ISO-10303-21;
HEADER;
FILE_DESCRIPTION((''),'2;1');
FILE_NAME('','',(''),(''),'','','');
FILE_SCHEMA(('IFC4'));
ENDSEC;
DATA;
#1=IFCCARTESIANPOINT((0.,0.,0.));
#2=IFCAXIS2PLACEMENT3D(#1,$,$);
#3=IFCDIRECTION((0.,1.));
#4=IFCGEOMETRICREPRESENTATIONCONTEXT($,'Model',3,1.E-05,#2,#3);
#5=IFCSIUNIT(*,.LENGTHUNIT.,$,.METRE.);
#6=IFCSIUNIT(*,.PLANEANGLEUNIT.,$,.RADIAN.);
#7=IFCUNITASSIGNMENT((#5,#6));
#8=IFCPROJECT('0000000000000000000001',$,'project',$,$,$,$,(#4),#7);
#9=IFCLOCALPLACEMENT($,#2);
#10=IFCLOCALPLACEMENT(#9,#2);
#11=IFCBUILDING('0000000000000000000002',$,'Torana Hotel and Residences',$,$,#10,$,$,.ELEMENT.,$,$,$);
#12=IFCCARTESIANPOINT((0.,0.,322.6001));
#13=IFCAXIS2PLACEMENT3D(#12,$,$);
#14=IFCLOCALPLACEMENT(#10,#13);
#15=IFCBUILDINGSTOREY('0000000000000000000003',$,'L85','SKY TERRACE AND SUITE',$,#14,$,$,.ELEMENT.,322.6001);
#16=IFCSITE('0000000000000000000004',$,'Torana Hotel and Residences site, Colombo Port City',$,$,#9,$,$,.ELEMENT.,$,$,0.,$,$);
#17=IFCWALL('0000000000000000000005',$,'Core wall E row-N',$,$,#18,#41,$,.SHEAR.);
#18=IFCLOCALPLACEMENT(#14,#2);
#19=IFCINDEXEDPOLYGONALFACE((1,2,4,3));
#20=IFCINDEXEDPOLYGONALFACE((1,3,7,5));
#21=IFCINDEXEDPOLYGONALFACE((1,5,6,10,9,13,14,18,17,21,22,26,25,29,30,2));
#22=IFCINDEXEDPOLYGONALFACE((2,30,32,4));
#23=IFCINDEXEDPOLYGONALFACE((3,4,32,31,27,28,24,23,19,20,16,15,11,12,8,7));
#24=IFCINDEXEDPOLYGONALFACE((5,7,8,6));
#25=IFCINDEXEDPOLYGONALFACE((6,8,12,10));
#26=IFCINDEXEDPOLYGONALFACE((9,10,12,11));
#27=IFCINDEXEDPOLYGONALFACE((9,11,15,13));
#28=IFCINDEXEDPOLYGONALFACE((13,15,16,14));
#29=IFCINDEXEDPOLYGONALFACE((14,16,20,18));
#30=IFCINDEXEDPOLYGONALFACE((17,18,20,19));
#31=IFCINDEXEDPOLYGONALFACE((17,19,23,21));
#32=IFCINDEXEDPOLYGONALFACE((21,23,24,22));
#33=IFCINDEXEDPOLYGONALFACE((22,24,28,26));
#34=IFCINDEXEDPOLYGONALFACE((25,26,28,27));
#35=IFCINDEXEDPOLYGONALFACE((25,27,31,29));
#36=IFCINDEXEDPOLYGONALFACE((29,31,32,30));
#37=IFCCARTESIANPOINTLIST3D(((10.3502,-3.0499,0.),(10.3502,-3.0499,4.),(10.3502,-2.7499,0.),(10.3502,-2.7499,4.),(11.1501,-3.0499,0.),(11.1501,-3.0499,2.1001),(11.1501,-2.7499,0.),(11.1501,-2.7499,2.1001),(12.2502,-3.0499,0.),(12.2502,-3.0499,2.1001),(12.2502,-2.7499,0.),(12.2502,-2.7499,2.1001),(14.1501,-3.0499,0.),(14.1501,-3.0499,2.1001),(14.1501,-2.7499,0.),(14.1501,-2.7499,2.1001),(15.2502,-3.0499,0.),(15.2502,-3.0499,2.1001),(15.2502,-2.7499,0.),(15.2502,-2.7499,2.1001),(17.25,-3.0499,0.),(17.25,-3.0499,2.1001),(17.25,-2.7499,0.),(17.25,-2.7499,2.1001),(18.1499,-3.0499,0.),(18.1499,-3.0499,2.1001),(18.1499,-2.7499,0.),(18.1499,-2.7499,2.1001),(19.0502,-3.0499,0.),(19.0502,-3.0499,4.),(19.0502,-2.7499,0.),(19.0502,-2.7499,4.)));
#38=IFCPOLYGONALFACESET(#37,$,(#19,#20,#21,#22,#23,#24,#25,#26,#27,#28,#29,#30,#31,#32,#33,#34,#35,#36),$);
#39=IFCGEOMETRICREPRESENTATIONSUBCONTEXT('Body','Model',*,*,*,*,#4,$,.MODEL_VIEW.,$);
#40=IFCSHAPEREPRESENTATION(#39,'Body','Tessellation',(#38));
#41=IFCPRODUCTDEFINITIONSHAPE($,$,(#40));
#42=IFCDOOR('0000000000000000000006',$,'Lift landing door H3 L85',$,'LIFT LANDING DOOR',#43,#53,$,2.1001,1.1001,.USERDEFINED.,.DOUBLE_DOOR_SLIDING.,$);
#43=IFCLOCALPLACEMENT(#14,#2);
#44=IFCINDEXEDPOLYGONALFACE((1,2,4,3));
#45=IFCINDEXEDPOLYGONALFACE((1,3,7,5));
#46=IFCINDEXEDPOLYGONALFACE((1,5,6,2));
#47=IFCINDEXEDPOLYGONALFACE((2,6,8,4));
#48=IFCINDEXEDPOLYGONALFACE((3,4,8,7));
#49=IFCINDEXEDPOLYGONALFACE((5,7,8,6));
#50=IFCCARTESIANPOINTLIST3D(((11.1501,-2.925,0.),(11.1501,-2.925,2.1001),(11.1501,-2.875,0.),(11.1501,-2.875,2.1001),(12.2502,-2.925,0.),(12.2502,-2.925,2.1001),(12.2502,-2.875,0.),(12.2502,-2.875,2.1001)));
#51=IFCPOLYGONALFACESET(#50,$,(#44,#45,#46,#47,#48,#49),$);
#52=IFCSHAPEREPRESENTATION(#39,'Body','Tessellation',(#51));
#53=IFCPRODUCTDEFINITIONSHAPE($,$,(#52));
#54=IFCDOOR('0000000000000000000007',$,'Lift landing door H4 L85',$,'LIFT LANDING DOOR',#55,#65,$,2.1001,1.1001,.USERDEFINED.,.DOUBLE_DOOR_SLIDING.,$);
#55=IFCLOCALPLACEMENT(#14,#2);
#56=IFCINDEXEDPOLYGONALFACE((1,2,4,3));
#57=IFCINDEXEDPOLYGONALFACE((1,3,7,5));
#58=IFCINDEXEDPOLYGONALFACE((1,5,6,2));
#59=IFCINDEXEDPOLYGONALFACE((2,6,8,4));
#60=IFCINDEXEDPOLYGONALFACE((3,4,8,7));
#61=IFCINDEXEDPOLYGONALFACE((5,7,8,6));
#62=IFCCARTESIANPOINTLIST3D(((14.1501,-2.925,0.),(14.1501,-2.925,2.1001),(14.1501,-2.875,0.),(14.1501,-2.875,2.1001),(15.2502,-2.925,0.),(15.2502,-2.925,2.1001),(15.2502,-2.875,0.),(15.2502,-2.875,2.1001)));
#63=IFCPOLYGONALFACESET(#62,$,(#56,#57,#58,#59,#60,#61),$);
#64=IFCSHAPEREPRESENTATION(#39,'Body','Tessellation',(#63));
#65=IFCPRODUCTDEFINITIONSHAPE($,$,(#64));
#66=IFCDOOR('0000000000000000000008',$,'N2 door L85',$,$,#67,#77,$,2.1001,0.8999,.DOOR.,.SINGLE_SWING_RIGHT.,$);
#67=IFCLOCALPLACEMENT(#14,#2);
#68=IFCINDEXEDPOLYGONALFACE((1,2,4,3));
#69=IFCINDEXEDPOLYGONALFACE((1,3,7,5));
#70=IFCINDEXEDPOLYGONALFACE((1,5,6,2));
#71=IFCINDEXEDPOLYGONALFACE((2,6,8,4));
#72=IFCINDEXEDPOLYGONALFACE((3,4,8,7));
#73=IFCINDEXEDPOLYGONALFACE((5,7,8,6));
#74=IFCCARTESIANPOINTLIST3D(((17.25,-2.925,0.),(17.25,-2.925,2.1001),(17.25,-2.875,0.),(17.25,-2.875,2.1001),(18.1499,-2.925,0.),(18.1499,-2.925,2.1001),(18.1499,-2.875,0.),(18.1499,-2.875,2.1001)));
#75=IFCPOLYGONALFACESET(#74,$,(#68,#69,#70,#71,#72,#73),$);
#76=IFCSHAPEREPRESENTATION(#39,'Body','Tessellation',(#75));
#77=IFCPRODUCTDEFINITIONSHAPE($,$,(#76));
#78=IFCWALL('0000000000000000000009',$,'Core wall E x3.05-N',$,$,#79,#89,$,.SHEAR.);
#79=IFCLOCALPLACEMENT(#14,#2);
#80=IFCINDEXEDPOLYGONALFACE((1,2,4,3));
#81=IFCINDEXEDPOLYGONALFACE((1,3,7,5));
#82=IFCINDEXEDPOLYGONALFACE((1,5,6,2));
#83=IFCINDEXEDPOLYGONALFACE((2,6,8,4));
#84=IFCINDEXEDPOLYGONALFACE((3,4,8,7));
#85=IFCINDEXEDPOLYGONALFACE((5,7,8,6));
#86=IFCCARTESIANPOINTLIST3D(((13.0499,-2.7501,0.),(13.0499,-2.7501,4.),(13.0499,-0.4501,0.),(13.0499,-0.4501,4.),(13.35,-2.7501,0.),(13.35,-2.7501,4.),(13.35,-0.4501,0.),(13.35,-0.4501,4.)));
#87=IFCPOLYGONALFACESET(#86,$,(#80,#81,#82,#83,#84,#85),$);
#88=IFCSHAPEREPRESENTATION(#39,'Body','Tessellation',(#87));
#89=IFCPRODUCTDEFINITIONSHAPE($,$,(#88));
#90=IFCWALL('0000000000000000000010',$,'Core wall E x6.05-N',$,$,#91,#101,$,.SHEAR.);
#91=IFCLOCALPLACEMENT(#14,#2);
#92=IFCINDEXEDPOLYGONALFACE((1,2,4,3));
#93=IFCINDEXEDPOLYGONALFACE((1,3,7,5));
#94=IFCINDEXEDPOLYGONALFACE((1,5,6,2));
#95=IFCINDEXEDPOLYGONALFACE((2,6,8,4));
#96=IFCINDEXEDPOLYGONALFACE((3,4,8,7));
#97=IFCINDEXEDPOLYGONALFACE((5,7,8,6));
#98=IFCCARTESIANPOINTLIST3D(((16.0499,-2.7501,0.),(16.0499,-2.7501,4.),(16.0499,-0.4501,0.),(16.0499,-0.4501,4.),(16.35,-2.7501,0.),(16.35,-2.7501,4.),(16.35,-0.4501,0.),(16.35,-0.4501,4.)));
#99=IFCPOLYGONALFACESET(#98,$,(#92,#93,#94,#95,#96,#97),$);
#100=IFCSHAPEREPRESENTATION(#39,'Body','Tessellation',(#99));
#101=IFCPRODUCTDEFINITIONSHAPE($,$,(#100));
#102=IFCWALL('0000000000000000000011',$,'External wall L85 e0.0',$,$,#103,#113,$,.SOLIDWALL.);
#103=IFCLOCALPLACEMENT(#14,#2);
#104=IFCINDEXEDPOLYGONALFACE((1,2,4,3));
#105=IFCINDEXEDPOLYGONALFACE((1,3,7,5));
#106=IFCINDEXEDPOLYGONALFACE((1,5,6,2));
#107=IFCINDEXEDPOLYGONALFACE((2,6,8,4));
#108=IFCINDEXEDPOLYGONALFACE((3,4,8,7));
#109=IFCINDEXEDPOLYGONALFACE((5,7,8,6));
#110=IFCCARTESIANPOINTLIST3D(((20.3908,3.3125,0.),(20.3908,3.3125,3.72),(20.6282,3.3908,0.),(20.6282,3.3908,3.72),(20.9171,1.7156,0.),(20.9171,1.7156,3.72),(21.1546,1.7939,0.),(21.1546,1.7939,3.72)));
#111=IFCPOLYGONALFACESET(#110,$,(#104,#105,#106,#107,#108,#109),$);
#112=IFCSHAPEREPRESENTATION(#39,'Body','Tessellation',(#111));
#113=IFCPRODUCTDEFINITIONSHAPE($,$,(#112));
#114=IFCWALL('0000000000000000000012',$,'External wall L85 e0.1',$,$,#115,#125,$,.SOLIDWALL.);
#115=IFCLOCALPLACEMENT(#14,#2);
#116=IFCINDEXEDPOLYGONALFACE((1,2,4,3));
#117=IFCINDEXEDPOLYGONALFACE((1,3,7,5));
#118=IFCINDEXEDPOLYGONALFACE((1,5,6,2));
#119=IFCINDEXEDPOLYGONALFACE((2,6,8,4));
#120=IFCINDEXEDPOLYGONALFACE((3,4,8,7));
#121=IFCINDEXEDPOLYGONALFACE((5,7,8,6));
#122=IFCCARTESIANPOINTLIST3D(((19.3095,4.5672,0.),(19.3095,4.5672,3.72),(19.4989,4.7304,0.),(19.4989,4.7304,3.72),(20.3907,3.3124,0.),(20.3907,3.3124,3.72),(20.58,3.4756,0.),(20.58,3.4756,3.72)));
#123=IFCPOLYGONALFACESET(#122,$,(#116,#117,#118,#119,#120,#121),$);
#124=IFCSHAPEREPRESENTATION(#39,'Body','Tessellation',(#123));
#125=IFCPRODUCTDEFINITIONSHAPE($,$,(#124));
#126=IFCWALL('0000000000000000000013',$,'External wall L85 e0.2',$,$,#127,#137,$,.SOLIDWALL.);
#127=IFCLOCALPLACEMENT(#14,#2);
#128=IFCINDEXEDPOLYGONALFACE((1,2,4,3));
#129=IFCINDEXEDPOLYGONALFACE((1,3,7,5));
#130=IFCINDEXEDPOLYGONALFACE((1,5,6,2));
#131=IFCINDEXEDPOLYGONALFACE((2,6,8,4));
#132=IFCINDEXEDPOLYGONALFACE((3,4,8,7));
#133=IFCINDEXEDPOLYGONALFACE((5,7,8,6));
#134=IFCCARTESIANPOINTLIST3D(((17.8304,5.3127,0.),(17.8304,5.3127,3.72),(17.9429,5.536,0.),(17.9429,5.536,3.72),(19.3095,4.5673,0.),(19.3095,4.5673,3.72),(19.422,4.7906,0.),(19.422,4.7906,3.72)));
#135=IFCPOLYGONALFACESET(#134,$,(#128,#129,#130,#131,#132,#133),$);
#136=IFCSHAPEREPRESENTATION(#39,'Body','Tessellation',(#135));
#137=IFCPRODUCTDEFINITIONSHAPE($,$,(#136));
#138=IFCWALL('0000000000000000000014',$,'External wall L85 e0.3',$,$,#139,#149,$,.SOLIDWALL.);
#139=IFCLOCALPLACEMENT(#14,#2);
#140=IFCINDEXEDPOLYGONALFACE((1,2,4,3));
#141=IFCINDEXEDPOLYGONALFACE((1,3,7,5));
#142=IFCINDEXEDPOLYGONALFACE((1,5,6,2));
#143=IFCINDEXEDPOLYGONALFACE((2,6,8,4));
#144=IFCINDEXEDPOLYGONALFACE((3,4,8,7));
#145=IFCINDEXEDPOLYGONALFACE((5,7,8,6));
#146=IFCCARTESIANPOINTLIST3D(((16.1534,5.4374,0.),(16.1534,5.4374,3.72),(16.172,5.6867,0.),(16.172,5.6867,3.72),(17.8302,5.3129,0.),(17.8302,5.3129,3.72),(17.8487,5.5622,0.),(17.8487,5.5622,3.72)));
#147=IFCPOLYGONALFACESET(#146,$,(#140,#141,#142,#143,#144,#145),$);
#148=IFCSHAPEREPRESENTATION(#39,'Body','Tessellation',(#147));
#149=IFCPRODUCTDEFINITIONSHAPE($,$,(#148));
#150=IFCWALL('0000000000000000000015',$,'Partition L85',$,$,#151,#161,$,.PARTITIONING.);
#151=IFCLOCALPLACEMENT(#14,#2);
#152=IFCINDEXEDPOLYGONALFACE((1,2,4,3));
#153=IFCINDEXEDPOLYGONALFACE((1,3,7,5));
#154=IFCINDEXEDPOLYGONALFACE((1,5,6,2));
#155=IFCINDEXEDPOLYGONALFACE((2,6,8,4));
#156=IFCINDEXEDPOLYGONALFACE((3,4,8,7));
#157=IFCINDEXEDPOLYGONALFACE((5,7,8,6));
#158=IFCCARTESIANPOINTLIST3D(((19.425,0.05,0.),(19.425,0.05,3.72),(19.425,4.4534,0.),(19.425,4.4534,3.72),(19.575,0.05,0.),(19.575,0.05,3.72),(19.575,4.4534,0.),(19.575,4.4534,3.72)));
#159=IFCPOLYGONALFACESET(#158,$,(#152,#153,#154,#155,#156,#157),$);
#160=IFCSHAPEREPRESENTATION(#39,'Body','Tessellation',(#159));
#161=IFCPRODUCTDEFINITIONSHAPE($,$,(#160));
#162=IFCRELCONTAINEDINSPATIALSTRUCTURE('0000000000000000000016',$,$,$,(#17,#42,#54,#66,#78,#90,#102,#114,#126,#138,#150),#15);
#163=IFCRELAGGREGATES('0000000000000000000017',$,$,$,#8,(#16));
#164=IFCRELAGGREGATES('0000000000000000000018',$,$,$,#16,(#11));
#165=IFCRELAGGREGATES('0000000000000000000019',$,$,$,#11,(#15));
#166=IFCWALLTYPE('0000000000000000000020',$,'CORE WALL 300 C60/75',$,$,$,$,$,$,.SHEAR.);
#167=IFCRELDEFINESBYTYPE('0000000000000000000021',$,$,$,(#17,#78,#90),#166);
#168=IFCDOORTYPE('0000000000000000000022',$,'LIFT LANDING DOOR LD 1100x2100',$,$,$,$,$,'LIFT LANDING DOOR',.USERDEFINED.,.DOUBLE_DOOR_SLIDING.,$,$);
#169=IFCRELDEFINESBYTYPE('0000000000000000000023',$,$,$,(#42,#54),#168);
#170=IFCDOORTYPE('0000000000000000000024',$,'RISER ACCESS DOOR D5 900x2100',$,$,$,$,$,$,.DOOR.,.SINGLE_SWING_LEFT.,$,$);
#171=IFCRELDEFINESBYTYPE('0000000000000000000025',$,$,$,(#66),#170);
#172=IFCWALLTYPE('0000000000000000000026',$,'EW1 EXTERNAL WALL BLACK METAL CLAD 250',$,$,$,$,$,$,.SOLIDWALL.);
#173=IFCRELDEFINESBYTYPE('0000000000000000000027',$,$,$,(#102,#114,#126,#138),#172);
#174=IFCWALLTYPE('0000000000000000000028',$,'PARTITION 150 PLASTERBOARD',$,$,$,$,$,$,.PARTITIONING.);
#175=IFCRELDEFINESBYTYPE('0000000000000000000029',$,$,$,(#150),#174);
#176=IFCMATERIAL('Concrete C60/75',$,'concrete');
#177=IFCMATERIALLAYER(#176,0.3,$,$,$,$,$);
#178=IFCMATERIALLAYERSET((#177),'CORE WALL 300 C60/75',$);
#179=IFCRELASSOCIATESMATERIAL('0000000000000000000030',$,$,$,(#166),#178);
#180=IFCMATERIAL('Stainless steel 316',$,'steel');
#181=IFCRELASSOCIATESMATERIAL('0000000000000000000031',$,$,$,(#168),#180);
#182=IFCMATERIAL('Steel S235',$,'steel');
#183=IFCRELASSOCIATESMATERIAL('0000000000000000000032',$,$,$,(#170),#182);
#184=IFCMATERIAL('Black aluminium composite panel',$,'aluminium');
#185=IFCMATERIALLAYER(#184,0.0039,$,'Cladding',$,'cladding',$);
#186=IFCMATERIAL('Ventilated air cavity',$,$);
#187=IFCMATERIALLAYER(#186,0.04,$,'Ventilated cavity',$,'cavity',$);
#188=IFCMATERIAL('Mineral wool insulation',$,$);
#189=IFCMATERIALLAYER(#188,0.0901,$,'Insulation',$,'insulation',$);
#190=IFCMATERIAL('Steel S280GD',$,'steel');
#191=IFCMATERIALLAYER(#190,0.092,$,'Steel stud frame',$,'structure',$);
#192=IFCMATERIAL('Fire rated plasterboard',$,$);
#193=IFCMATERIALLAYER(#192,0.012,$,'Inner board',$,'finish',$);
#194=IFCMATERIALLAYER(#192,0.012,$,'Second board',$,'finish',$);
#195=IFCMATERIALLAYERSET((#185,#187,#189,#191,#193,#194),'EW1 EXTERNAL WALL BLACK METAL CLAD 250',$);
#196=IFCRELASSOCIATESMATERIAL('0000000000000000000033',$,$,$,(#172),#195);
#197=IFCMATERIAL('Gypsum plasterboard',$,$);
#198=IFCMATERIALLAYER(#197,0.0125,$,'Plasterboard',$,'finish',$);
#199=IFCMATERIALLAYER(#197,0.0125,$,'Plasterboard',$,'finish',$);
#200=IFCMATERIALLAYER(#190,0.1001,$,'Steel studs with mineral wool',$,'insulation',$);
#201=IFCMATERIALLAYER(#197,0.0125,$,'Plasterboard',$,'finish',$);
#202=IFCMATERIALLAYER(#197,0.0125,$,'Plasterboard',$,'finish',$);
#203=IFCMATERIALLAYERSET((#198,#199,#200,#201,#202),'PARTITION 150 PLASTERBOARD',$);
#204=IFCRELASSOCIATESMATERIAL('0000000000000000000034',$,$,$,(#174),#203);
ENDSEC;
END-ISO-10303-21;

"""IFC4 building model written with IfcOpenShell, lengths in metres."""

from ifc_helpers import new_model, si_unit, direction, frame, frame_2d, origin, place, context, subcontext, project, spatial, rectangle, extrude, material, layer, layer_set, type_object, element, fill, save


model = new_model("IFC4")

# Units and contexts
model_context = context("Model", 3, precision=1e-05, world=origin(), true_north=direction((0.0, 1.0)))
body_context = subcontext(model_context, "Body", "Model", "MODEL_VIEW")
ifc_project = project(units=[si_unit("LENGTHUNIT", "METRE"), si_unit("PLANEANGLEUNIT", "RADIAN")], contexts=[model_context])

# Site, building, storey
site_placement = place(None, origin())
site = spatial("IfcSite", under=ifc_project, at=site_placement, Name="Torana Hotel and Residences site, Colombo Port City", CompositionType="ELEMENT", RefElevation=0.0)
building_placement = place(site_placement, origin())
building = spatial("IfcBuilding", under=site, at=building_placement, Name="Torana Hotel and Residences", CompositionType="ELEMENT")
storey_placement = place(building_placement, frame((0.0, 0.0, 322.6001)))
storey = spatial("IfcBuildingStorey", under=building, at=storey_placement, Name="L85", Description="SKY TERRACE AND SUITE", CompositionType="ELEMENT", Elevation=322.6001)

# Wall, openings, doors
ifc_material_1 = material(Name="Concrete C60/75", Category="concrete")
ifc_layer_1 = layer(ifc_material_1, 0.3)
ifc_layer_set_1 = layer_set([ifc_layer_1], Name="CORE WALL 300 C60/75")
wall_type_1 = type_object("IfcWallType", Name="CORE WALL 300 C60/75", PredefinedType="SHEAR", material=ifc_layer_set_1)
wall_1_placement = place(storey_placement, frame((10.3501, -2.8999, 0.0), z_axis=(0.0, 0.0, 1.0), x_axis=(1.0, 0.0, 0.0)))
wall_1 = element("IfcWall", 1, at=wall_1_placement, inside=storey, type_object=wall_type_1, Name="Core wall E row-N", PredefinedType="SHEAR", context=body_context, shape_type="SweptSolid", body=[
    extrude(rectangle(XDim=8.7, YDim=0.3, at=frame_2d((4.3501, 0.0))), origin(), (0.0, 0.0, 1.0), 4.0),
])
opening_1_placement = place(wall_1_placement, frame((0.8, 0.0, 0.0)))
opening_1 = element("IfcOpeningElement", 2, at=opening_1_placement, cuts=wall_1, PredefinedType="OPENING", context=body_context, shape_type="SweptSolid", body=[
    extrude(rectangle(XDim=1.1001, YDim=2.1001, at=frame_2d((0.55, 1.05))), frame((0.0, 0.1599, 0.0), z_axis=(0.0, -1.0, 0.0), x_axis=(1.0, 0.0, 0.0)), (0.0, 0.0, 1.0), 0.3201),
])
opening_2_placement = place(wall_1_placement, frame((3.8, 0.0, 0.0)))
opening_2 = element("IfcOpeningElement", 3, at=opening_2_placement, cuts=wall_1, PredefinedType="OPENING", context=body_context, shape_type="SweptSolid", body=[
    extrude(rectangle(XDim=1.1001, YDim=2.1001, at=frame_2d((0.55, 1.05))), frame((0.0, 0.1599, 0.0), z_axis=(0.0, -1.0, 0.0), x_axis=(1.0, 0.0, 0.0)), (0.0, 0.0, 1.0), 0.3201),
])
opening_3_placement = place(wall_1_placement, frame((6.8999, 0.0, 0.0)))
opening_3 = element("IfcOpeningElement", 4, at=opening_3_placement, cuts=wall_1, PredefinedType="OPENING", context=body_context, shape_type="SweptSolid", body=[
    extrude(rectangle(XDim=0.8999, YDim=2.1001, at=frame_2d((0.45, 1.05))), frame((0.0, 0.1599, 0.0), z_axis=(0.0, -1.0, 0.0), x_axis=(1.0, 0.0, 0.0)), (0.0, 0.0, 1.0), 0.3201),
])
ifc_material_2 = material(Name="Stainless steel 316", Category="steel")
door_type_1 = type_object("IfcDoorType", Name="LIFT LANDING DOOR LD 1100x2100", ElementType="LIFT LANDING DOOR", OperationType="DOUBLE_DOOR_SLIDING", PredefinedType="USERDEFINED", material=ifc_material_2)
door_1_placement = place(opening_1_placement, origin())
door_1 = element("IfcDoor", 5, at=door_1_placement, inside=storey, type_object=door_type_1, Name="Lift landing door H3 L85", ObjectType="LIFT LANDING DOOR", OperationType="DOUBLE_DOOR_SLIDING", OverallHeight=2.1001, OverallWidth=1.1001, PredefinedType="USERDEFINED", context=body_context, shape_type="SweptSolid", body=[
    extrude(rectangle(XDim=1.1001, YDim=2.1001, at=frame_2d((0.55, 1.05))), frame((0.0, 0.0249, 0.0), z_axis=(0.0, -1.0, 0.0), x_axis=(1.0, 0.0, 0.0)), (0.0, 0.0, 1.0), 0.05),
])
fill(opening_1, door_1)
door_2_placement = place(opening_2_placement, origin())
door_2 = element("IfcDoor", 6, at=door_2_placement, inside=storey, type_object=door_type_1, Name="Lift landing door H4 L85", ObjectType="LIFT LANDING DOOR", OperationType="DOUBLE_DOOR_SLIDING", OverallHeight=2.1001, OverallWidth=1.1001, PredefinedType="USERDEFINED", context=body_context, shape_type="SweptSolid", body=[
    extrude(rectangle(XDim=1.1001, YDim=2.1001, at=frame_2d((0.55, 1.05))), frame((0.0, 0.0249, 0.0), z_axis=(0.0, -1.0, 0.0), x_axis=(1.0, 0.0, 0.0)), (0.0, 0.0, 1.0), 0.05),
])
fill(opening_2, door_2)
ifc_material_3 = material(Name="Steel S235", Category="steel")
door_type_2 = type_object("IfcDoorType", Name="RISER ACCESS DOOR D5 900x2100", OperationType="SINGLE_SWING_LEFT", PredefinedType="DOOR", material=ifc_material_3)
door_3_placement = place(opening_3_placement, origin())
door_3 = element("IfcDoor", 7, at=door_3_placement, inside=storey, type_object=door_type_2, Name="N2 door L85", OperationType="SINGLE_SWING_RIGHT", OverallHeight=2.1001, OverallWidth=0.8999, PredefinedType="DOOR", context=body_context, shape_type="SweptSolid", body=[
    extrude(rectangle(XDim=0.8999, YDim=2.1001, at=frame_2d((0.45, 1.05))), frame((0.0, 0.0249, 0.0), z_axis=(0.0, -1.0, 0.0), x_axis=(1.0, 0.0, 0.0)), (0.0, 0.0, 1.0), 0.05),
])
fill(opening_3, door_3)

# Walls
for number, where, z_axis, x_axis, name in (
    (8, (13.2, -2.75, 0.0), (0.0, 0.0, 1.0), (0.0, 1.0, 0.0), "Core wall E x3.05-N"),
    (9, (16.2, -2.75, 0.0), (0.0, 0.0, 1.0), (0.0, 1.0, 0.0), "Core wall E x6.05-N"),
):
    element("IfcWall", number, at=place(storey_placement, frame(where, z_axis=z_axis, x_axis=x_axis)), inside=storey, type_object=wall_type_1, Name=name, PredefinedType="SHEAR", context=body_context, shape_type="SweptSolid", body=[
        extrude(rectangle(XDim=2.3, YDim=0.3, at=frame_2d((1.1499, 0.0))), origin(), (0.0, 0.0, 1.0), 4.0),
    ])
ifc_material_4 = material(Name="Black aluminium composite panel", Category="aluminium")
ifc_layer_2 = layer(ifc_material_4, 0.0039, Name="Cladding", Category="cladding")
ifc_material_5 = material(Name="Ventilated air cavity")
ifc_layer_3 = layer(ifc_material_5, 0.04, Name="Ventilated cavity", Category="cavity")
ifc_material_6 = material(Name="Mineral wool insulation")
ifc_layer_4 = layer(ifc_material_6, 0.0901, Name="Insulation", Category="insulation")
ifc_material_7 = material(Name="Steel S280GD", Category="steel")
ifc_layer_5 = layer(ifc_material_7, 0.092, Name="Steel stud frame", Category="structure")
ifc_material_8 = material(Name="Fire rated plasterboard")
ifc_layer_6 = layer(ifc_material_8, 0.012, Name="Inner board", Category="finish")
ifc_layer_7 = layer(ifc_material_8, 0.012, Name="Second board", Category="finish")
ifc_layer_set_2 = layer_set([ifc_layer_2, ifc_layer_3, ifc_layer_4, ifc_layer_5, ifc_layer_6, ifc_layer_7], Name="EW1 EXTERNAL WALL BLACK METAL CLAD 250")
wall_type_2 = type_object("IfcWallType", Name="EW1 EXTERNAL WALL BLACK METAL CLAD 250", PredefinedType="SOLIDWALL", material=ifc_layer_set_2)
wall_2_placement = place(storey_placement, frame((21.0359, 1.7546, 0.0), z_axis=(0.0, 0.0, 1.0), x_axis=(-0.313046, 0.949738, 0.0)))
element("IfcWall", 10, at=wall_2_placement, inside=storey, type_object=wall_type_2, Name="External wall L85 e0.0", PredefinedType="SOLIDWALL", context=body_context, shape_type="SweptSolid", body=[
    extrude(rectangle(XDim=1.6814, YDim=0.25, at=frame_2d((0.8408, 0.0))), origin(), (0.0, 0.0, 1.0), 3.72),
])
for number, where, z_axis, x_axis, name in (
    (11, (20.4854, 3.394, 0.0), (0.0, 0.0, 1.0), (-0.652756, 0.757568, 0.0), "External wall L85 e0.1"),
    (12, (19.3657, 4.679, 0.0), (0.0, 0.0, 1.0), (-0.893008, 0.450042, 0.0), "External wall L85 e0.2"),
):
    element("IfcWall", number, at=place(storey_placement, frame(where, z_axis=z_axis, x_axis=x_axis)), inside=storey, type_object=wall_type_2, Name=name, PredefinedType="SOLIDWALL", context=body_context, shape_type="SweptSolid", body=[
        extrude(rectangle(XDim=1.6562, YDim=0.25, at=frame_2d((0.8281, 0.0))), origin(), (0.0, 0.0, 1.0), 3.72),
    ])
wall_3_placement = place(storey_placement, frame((17.8396, 5.4375, 0.0), z_axis=(0.0, 0.0, 1.0), x_axis=(-0.997254, 0.074054, 0.0)))
element("IfcWall", 13, at=wall_3_placement, inside=storey, type_object=wall_type_2, Name="External wall L85 e0.3", PredefinedType="SOLIDWALL", context=body_context, shape_type="SweptSolid", body=[
    extrude(rectangle(XDim=1.6814, YDim=0.25, at=frame_2d((0.8408, 0.0))), origin(), (0.0, 0.0, 1.0), 3.72),
])

# Wall
ifc_material_9 = material(Name="Gypsum plasterboard")
ifc_layer_8 = layer(ifc_material_9, 0.0125, Name="Plasterboard", Category="finish")
ifc_layer_9 = layer(ifc_material_9, 0.0125, Name="Plasterboard", Category="finish")
ifc_layer_10 = layer(ifc_material_7, 0.1001, Name="Steel studs with mineral wool", Category="insulation")
ifc_layer_11 = layer(ifc_material_9, 0.0125, Name="Plasterboard", Category="finish")
ifc_layer_12 = layer(ifc_material_9, 0.0125, Name="Plasterboard", Category="finish")
ifc_layer_set_3 = layer_set([ifc_layer_8, ifc_layer_9, ifc_layer_10, ifc_layer_11, ifc_layer_12], Name="PARTITION 150 PLASTERBOARD")
wall_type_3 = type_object("IfcWallType", Name="PARTITION 150 PLASTERBOARD", PredefinedType="PARTITIONING", material=ifc_layer_set_3)
wall_4_placement = place(storey_placement, frame((19.5, 0.05, 0.0), z_axis=(0.0, 0.0, 1.0), x_axis=(0.0, 1.0, 0.0)))
element("IfcWall", 14, at=wall_4_placement, inside=storey, type_object=wall_type_3, Name="Partition L85", PredefinedType="PARTITIONING", context=body_context, shape_type="SweptSolid", body=[
    extrude(rectangle(XDim=4.4033, YDim=0.1499, at=frame_2d((2.2017, 0.0))), origin(), (0.0, 0.0, 1.0), 3.72),
])

save(model, "model.ifc")
